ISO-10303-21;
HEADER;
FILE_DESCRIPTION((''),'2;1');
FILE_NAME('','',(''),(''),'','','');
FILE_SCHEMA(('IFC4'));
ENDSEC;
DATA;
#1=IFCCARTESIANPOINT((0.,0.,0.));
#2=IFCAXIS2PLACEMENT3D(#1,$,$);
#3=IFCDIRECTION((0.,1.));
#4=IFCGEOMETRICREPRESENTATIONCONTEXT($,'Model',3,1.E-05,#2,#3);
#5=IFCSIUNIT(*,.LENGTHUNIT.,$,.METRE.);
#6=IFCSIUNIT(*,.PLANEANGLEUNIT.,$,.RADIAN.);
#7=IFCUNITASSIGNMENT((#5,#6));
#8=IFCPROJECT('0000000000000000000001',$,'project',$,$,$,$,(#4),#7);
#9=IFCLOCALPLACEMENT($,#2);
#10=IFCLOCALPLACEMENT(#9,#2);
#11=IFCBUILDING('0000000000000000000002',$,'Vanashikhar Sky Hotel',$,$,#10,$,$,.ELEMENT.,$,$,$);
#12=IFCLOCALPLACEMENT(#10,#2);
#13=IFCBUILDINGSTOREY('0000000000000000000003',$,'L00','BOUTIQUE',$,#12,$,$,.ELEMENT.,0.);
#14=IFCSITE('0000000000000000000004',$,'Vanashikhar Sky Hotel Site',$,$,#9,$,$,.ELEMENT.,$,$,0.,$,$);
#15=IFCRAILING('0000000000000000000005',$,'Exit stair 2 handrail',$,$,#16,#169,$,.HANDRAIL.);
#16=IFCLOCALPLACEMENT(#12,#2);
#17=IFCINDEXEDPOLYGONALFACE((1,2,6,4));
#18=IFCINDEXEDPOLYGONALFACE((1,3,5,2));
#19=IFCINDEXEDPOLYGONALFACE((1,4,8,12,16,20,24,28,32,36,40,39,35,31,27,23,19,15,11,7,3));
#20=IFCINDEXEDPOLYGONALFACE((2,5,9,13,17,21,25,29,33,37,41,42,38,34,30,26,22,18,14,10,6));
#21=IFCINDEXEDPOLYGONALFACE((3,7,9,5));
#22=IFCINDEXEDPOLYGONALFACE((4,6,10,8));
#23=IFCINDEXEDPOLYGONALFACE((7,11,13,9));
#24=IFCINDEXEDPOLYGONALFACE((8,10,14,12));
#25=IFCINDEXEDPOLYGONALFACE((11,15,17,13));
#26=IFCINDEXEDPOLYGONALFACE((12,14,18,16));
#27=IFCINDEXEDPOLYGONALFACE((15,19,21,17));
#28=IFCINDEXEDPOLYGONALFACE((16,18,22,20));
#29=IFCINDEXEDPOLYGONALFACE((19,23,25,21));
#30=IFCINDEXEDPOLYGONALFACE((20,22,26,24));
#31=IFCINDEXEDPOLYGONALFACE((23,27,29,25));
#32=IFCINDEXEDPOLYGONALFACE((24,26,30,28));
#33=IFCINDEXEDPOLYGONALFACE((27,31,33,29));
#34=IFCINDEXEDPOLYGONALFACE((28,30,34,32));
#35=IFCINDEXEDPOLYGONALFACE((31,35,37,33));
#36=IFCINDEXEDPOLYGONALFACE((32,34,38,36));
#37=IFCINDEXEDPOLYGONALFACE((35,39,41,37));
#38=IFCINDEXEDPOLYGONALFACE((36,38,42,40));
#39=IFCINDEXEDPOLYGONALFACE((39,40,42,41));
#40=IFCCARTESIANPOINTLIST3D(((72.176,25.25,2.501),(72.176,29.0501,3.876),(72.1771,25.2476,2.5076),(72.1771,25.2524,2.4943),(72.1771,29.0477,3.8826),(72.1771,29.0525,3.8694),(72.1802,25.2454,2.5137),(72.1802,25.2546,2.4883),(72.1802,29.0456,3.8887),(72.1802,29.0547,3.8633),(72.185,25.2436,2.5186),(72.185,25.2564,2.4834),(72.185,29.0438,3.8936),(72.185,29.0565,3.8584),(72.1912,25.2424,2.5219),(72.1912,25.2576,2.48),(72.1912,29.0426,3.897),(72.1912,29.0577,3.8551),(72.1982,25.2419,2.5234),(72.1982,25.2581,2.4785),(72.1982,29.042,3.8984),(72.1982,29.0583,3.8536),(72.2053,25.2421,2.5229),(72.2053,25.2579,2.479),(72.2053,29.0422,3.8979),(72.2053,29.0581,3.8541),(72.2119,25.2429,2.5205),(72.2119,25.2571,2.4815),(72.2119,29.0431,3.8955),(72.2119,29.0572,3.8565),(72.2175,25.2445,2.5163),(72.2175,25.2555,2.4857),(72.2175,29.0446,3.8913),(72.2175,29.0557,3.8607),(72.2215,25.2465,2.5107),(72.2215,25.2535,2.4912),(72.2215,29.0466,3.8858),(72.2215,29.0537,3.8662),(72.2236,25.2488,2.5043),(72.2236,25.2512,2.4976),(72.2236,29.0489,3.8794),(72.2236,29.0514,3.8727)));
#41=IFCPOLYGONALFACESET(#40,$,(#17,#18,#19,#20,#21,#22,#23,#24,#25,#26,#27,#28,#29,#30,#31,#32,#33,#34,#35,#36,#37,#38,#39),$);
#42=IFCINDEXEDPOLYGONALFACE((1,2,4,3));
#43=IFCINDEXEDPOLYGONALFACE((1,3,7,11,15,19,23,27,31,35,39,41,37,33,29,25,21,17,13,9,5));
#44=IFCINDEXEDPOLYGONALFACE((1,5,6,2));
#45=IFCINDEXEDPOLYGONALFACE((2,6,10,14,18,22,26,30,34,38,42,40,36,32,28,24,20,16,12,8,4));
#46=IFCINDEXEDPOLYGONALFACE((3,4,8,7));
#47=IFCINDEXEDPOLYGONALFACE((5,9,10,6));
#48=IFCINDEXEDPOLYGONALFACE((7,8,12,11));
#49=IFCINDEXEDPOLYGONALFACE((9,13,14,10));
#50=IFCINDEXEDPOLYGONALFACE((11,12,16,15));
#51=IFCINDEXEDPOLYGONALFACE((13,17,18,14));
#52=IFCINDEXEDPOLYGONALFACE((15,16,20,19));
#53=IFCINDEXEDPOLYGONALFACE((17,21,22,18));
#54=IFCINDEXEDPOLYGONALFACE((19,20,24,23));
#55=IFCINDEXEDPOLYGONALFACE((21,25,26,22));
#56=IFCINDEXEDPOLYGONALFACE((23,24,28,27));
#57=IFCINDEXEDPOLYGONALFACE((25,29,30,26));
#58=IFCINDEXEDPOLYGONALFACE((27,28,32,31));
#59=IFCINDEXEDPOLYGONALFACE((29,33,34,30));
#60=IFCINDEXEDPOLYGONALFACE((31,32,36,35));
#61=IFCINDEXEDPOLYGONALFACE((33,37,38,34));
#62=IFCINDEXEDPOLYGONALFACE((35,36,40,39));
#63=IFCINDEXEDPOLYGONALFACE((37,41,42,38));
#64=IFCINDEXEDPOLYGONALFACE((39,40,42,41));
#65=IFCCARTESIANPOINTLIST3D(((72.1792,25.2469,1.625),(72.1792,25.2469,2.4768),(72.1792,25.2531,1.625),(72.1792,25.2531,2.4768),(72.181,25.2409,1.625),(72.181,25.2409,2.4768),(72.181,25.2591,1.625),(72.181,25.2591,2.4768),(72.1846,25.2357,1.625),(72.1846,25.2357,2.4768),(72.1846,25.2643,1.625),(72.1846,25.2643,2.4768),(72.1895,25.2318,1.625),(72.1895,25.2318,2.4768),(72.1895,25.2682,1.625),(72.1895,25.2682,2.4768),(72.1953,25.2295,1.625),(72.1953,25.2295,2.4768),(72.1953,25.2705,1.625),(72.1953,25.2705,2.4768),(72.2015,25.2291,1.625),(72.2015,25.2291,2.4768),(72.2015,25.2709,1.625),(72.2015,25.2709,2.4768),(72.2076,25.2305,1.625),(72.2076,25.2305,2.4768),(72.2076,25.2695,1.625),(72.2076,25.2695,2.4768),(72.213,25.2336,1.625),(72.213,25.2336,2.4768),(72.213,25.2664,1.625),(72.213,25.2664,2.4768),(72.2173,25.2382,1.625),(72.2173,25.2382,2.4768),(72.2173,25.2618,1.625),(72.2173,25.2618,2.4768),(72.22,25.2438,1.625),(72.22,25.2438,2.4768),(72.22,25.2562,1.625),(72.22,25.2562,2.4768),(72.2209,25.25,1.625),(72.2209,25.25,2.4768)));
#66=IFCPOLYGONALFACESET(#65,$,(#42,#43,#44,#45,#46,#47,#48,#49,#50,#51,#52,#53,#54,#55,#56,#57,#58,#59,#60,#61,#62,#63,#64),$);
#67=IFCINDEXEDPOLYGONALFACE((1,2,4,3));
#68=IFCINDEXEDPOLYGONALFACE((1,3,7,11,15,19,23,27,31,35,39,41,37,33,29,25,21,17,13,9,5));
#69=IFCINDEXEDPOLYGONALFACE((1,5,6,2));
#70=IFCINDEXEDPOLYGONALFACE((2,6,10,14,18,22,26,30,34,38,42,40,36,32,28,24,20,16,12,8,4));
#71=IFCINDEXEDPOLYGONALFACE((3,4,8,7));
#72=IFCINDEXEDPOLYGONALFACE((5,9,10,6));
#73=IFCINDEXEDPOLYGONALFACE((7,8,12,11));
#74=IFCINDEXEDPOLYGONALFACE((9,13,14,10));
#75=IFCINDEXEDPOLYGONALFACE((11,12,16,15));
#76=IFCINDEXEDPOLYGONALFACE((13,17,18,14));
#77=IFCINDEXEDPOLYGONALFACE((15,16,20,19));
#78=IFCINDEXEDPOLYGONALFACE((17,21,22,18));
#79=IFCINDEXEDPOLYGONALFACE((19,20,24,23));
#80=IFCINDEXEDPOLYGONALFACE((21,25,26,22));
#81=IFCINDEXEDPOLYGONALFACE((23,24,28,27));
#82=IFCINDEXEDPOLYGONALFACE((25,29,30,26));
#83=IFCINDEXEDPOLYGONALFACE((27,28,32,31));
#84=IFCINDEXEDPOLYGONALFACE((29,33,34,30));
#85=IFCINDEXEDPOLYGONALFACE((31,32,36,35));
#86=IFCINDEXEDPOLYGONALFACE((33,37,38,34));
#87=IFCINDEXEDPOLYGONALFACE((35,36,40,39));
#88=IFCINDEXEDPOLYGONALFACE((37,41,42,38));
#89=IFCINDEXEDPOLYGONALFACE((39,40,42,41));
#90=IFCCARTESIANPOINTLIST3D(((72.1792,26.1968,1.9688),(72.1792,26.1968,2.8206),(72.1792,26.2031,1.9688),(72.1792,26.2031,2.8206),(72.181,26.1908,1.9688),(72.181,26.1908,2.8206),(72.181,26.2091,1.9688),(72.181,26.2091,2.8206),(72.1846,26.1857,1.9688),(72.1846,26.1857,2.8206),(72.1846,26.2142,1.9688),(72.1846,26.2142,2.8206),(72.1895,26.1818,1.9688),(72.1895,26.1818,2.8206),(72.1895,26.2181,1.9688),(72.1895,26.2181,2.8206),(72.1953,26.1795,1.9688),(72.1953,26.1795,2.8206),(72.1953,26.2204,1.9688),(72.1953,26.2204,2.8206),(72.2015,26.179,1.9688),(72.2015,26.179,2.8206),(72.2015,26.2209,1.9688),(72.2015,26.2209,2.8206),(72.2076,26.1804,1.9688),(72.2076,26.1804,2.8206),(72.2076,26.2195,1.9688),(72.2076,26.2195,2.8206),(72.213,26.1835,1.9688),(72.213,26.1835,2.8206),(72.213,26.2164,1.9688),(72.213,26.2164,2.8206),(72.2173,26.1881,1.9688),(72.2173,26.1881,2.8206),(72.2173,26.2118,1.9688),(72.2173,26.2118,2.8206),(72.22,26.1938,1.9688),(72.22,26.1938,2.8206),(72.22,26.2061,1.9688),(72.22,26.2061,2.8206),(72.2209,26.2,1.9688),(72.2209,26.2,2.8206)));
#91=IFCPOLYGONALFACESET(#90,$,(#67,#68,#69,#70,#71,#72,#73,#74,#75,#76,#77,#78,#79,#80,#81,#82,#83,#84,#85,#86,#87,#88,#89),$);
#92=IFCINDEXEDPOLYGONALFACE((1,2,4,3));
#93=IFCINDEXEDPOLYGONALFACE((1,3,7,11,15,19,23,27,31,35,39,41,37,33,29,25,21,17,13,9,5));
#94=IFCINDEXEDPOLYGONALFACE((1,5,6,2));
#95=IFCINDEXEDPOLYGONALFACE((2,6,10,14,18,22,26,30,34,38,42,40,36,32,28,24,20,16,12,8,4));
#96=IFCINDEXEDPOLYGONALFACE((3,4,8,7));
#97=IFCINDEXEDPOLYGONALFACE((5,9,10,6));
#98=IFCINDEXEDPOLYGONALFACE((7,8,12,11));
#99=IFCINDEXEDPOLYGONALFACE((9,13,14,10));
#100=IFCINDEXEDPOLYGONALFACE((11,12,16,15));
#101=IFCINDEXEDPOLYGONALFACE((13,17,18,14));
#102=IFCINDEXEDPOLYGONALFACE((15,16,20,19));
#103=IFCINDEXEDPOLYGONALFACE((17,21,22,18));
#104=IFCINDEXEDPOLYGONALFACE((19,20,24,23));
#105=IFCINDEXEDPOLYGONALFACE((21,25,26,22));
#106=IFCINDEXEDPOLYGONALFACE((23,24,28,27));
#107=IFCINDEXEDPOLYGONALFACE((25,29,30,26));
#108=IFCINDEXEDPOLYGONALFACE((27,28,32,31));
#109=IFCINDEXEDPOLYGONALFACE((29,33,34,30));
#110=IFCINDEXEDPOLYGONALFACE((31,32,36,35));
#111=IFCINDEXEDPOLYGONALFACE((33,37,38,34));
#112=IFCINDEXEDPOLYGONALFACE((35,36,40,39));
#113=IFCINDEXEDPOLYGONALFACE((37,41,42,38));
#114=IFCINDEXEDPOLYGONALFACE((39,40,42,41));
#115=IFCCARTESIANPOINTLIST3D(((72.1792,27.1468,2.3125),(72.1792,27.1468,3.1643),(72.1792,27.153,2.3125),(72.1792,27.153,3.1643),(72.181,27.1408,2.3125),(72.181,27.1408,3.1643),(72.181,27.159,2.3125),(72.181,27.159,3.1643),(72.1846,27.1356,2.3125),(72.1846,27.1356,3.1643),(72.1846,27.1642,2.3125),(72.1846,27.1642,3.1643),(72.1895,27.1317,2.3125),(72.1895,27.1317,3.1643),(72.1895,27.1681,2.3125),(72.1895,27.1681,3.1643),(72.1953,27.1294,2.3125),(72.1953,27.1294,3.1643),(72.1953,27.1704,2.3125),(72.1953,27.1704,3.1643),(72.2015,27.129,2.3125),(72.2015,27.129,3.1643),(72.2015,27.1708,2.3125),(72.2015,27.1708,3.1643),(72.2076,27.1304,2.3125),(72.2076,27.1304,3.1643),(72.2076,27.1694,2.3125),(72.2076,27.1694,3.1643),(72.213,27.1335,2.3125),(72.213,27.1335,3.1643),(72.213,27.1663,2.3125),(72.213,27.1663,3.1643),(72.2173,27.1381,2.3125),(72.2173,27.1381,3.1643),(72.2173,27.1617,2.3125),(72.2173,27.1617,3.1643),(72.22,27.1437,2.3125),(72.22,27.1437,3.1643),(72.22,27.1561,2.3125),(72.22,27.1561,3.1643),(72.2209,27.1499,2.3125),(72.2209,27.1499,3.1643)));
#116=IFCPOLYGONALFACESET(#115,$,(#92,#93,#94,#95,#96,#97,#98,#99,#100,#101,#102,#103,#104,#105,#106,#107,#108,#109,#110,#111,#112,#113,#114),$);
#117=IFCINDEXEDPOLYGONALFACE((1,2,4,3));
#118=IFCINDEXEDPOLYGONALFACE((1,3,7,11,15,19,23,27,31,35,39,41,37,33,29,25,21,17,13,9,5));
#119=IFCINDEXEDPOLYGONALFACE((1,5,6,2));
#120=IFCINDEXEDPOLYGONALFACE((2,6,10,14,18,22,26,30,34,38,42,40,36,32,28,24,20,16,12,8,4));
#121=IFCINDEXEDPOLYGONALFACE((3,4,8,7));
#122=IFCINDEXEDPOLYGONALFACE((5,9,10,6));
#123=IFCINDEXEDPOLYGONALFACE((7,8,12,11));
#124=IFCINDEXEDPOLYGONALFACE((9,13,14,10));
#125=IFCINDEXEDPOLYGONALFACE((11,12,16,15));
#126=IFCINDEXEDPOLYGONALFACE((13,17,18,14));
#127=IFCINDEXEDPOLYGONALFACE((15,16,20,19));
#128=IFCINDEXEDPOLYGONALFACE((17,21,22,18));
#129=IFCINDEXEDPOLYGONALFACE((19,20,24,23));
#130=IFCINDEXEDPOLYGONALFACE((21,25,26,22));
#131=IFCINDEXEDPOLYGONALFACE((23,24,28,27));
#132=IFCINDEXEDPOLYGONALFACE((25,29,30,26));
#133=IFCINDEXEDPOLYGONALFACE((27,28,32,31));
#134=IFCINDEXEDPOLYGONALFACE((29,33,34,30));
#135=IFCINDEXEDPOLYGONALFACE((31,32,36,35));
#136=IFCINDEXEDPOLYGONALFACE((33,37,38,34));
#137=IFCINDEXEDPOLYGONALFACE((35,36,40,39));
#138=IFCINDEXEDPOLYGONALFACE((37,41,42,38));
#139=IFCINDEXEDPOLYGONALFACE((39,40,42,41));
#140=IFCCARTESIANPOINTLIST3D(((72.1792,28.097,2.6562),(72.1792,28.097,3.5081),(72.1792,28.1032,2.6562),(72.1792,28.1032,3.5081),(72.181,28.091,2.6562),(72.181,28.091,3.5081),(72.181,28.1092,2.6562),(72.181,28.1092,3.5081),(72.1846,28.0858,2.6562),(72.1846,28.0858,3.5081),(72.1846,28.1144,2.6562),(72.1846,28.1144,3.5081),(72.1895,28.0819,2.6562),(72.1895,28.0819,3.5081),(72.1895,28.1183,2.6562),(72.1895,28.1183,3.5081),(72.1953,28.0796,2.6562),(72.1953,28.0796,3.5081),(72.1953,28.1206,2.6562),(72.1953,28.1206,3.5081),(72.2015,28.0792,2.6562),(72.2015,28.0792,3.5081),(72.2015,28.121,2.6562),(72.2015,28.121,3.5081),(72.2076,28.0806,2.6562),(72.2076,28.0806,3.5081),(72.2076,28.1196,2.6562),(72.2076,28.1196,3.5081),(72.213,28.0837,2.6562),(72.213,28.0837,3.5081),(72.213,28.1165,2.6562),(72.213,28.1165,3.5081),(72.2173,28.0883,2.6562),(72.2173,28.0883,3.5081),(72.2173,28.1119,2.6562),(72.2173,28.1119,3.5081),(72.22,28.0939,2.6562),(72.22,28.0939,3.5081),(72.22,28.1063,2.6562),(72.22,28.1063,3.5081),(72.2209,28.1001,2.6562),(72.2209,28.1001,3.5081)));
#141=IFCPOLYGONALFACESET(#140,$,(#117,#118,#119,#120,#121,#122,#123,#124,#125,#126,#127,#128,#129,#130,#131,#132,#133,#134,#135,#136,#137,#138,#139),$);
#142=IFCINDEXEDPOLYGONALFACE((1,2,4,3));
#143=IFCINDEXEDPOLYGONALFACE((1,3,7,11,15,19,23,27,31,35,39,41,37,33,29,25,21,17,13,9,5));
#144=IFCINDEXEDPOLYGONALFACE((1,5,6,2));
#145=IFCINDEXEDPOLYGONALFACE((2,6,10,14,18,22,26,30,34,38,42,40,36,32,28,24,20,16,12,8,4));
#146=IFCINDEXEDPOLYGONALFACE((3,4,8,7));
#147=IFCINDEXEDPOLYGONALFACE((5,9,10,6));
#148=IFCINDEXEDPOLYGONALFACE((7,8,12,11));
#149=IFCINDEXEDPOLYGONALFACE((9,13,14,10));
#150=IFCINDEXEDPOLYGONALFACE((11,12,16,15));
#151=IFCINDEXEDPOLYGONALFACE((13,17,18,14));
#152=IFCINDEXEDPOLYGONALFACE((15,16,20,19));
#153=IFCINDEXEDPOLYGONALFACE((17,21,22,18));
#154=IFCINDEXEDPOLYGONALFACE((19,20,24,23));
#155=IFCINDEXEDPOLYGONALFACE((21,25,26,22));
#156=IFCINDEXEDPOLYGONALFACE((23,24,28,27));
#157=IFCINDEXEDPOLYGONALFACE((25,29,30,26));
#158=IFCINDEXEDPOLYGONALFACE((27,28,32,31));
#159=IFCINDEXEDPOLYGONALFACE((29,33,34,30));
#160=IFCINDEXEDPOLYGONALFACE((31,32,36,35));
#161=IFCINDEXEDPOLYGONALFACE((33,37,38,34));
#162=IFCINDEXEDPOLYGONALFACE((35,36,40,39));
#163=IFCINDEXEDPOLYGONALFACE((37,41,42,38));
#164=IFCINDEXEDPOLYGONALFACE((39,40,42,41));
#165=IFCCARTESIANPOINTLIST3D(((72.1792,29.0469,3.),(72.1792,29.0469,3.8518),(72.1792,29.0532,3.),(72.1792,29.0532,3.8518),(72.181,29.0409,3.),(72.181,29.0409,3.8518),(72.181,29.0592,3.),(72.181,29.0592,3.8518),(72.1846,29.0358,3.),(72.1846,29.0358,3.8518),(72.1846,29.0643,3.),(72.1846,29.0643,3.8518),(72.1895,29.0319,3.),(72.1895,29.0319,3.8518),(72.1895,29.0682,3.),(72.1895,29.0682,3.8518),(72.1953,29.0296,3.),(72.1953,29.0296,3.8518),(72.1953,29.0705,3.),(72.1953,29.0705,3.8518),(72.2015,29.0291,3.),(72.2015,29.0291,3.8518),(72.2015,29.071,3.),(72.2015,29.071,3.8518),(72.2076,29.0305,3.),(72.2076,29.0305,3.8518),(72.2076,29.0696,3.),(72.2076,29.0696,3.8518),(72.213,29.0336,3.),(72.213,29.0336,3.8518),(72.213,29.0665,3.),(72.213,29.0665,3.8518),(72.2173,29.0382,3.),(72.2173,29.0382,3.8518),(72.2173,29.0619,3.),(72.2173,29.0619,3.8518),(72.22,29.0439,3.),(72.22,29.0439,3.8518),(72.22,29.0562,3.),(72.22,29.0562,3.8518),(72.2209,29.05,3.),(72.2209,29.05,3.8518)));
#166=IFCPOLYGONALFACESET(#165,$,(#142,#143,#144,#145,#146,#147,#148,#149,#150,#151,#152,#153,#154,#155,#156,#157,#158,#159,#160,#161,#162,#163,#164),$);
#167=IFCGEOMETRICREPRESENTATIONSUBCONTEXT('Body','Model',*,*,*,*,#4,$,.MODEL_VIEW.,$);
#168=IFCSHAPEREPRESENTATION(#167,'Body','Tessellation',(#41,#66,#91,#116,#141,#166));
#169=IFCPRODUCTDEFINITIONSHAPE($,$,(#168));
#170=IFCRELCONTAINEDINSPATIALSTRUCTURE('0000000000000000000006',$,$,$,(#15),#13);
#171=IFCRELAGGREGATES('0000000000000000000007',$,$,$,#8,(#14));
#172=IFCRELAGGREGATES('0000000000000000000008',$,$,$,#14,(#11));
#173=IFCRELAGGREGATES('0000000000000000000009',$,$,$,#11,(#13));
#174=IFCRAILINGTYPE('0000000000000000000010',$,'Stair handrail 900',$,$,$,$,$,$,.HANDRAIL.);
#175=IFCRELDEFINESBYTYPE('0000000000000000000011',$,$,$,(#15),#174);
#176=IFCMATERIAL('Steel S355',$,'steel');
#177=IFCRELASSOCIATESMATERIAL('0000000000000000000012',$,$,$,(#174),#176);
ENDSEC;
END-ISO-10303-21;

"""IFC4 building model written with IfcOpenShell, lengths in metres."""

from ifc_helpers import new_model, si_unit, direction, frame, origin, origin_2d, place, context, subcontext, project, spatial, circle, extrude, source, transform, mapped, material, type_object, element, save


model = new_model("IFC4")

# Units and contexts
model_context = context("Model", 3, precision=1e-05, world=origin(), true_north=direction((0.0, 1.0)))
body_context = subcontext(model_context, "Body", "Model", "MODEL_VIEW")
ifc_project = project(units=[si_unit("LENGTHUNIT", "METRE"), si_unit("PLANEANGLEUNIT", "RADIAN")], contexts=[model_context])

# Site, building, storey
site_placement = place(None, origin())
site = spatial("IfcSite", under=ifc_project, at=site_placement, Name="Vanashikhar Sky Hotel Site", CompositionType="ELEMENT", RefElevation=0.0)
building_placement = place(site_placement, origin())
building = spatial("IfcBuilding", under=site, at=building_placement, Name="Vanashikhar Sky Hotel", CompositionType="ELEMENT")
storey_placement = place(building_placement, origin())
storey = spatial("IfcBuildingStorey", under=building, at=storey_placement, Name="L00", Description="BOUTIQUE", CompositionType="ELEMENT", Elevation=0.0)

# Railing
ifc_material_1 = material(Name="Steel S355", Category="steel")
railing_type_1 = type_object("IfcRailingType", Name="Stair handrail 900", PredefinedType="HANDRAIL", material=ifc_material_1)
shared_shape_1 = source(origin(), body_context, "Body", "SweptSolid", [
    extrude(circle(Radius=0.0239, at=origin_2d()), frame((0.0, 0.0, 0.876), z_axis=(0.0, 0.940336, 0.340249), x_axis=(-1.0, 0.0, 0.0)), (0.0, 0.0, 1.0), 4.0413),
    extrude(circle(Radius=0.021, at=origin_2d()), origin(), (0.0, 0.0, 1.0), 0.8518),
    extrude(circle(Radius=0.021, at=origin_2d()), frame((0.0, 0.95, 0.3438)), (0.0, 0.0, 1.0), 0.8518),
    extrude(circle(Radius=0.021, at=origin_2d()), frame((0.0, 1.8999, 0.6875)), (0.0, 0.0, 1.0), 0.8518),
    extrude(circle(Radius=0.021, at=origin_2d()), frame((0.0, 2.8501, 1.0312)), (0.0, 0.0, 1.0), 0.8518),
    extrude(circle(Radius=0.021, at=origin_2d()), frame((0.0, 3.8, 1.375)), (0.0, 0.0, 1.0), 0.8518),
])
for number, where, name in (
    (1, (72.2, 25.25, 1.625), "Exit stair 2 handrail"),
):
    element("IfcRailing", number, at=place(storey_placement, frame(where)), inside=storey, type_object=railing_type_1, Name=name, PredefinedType="HANDRAIL", context=body_context, shape_type="MappedRepresentation", body=[
        mapped(shared_shape_1, transform((0.0, 0.0, 0.0), scale=1.0)),
    ])

save(model, "model.ifc")
